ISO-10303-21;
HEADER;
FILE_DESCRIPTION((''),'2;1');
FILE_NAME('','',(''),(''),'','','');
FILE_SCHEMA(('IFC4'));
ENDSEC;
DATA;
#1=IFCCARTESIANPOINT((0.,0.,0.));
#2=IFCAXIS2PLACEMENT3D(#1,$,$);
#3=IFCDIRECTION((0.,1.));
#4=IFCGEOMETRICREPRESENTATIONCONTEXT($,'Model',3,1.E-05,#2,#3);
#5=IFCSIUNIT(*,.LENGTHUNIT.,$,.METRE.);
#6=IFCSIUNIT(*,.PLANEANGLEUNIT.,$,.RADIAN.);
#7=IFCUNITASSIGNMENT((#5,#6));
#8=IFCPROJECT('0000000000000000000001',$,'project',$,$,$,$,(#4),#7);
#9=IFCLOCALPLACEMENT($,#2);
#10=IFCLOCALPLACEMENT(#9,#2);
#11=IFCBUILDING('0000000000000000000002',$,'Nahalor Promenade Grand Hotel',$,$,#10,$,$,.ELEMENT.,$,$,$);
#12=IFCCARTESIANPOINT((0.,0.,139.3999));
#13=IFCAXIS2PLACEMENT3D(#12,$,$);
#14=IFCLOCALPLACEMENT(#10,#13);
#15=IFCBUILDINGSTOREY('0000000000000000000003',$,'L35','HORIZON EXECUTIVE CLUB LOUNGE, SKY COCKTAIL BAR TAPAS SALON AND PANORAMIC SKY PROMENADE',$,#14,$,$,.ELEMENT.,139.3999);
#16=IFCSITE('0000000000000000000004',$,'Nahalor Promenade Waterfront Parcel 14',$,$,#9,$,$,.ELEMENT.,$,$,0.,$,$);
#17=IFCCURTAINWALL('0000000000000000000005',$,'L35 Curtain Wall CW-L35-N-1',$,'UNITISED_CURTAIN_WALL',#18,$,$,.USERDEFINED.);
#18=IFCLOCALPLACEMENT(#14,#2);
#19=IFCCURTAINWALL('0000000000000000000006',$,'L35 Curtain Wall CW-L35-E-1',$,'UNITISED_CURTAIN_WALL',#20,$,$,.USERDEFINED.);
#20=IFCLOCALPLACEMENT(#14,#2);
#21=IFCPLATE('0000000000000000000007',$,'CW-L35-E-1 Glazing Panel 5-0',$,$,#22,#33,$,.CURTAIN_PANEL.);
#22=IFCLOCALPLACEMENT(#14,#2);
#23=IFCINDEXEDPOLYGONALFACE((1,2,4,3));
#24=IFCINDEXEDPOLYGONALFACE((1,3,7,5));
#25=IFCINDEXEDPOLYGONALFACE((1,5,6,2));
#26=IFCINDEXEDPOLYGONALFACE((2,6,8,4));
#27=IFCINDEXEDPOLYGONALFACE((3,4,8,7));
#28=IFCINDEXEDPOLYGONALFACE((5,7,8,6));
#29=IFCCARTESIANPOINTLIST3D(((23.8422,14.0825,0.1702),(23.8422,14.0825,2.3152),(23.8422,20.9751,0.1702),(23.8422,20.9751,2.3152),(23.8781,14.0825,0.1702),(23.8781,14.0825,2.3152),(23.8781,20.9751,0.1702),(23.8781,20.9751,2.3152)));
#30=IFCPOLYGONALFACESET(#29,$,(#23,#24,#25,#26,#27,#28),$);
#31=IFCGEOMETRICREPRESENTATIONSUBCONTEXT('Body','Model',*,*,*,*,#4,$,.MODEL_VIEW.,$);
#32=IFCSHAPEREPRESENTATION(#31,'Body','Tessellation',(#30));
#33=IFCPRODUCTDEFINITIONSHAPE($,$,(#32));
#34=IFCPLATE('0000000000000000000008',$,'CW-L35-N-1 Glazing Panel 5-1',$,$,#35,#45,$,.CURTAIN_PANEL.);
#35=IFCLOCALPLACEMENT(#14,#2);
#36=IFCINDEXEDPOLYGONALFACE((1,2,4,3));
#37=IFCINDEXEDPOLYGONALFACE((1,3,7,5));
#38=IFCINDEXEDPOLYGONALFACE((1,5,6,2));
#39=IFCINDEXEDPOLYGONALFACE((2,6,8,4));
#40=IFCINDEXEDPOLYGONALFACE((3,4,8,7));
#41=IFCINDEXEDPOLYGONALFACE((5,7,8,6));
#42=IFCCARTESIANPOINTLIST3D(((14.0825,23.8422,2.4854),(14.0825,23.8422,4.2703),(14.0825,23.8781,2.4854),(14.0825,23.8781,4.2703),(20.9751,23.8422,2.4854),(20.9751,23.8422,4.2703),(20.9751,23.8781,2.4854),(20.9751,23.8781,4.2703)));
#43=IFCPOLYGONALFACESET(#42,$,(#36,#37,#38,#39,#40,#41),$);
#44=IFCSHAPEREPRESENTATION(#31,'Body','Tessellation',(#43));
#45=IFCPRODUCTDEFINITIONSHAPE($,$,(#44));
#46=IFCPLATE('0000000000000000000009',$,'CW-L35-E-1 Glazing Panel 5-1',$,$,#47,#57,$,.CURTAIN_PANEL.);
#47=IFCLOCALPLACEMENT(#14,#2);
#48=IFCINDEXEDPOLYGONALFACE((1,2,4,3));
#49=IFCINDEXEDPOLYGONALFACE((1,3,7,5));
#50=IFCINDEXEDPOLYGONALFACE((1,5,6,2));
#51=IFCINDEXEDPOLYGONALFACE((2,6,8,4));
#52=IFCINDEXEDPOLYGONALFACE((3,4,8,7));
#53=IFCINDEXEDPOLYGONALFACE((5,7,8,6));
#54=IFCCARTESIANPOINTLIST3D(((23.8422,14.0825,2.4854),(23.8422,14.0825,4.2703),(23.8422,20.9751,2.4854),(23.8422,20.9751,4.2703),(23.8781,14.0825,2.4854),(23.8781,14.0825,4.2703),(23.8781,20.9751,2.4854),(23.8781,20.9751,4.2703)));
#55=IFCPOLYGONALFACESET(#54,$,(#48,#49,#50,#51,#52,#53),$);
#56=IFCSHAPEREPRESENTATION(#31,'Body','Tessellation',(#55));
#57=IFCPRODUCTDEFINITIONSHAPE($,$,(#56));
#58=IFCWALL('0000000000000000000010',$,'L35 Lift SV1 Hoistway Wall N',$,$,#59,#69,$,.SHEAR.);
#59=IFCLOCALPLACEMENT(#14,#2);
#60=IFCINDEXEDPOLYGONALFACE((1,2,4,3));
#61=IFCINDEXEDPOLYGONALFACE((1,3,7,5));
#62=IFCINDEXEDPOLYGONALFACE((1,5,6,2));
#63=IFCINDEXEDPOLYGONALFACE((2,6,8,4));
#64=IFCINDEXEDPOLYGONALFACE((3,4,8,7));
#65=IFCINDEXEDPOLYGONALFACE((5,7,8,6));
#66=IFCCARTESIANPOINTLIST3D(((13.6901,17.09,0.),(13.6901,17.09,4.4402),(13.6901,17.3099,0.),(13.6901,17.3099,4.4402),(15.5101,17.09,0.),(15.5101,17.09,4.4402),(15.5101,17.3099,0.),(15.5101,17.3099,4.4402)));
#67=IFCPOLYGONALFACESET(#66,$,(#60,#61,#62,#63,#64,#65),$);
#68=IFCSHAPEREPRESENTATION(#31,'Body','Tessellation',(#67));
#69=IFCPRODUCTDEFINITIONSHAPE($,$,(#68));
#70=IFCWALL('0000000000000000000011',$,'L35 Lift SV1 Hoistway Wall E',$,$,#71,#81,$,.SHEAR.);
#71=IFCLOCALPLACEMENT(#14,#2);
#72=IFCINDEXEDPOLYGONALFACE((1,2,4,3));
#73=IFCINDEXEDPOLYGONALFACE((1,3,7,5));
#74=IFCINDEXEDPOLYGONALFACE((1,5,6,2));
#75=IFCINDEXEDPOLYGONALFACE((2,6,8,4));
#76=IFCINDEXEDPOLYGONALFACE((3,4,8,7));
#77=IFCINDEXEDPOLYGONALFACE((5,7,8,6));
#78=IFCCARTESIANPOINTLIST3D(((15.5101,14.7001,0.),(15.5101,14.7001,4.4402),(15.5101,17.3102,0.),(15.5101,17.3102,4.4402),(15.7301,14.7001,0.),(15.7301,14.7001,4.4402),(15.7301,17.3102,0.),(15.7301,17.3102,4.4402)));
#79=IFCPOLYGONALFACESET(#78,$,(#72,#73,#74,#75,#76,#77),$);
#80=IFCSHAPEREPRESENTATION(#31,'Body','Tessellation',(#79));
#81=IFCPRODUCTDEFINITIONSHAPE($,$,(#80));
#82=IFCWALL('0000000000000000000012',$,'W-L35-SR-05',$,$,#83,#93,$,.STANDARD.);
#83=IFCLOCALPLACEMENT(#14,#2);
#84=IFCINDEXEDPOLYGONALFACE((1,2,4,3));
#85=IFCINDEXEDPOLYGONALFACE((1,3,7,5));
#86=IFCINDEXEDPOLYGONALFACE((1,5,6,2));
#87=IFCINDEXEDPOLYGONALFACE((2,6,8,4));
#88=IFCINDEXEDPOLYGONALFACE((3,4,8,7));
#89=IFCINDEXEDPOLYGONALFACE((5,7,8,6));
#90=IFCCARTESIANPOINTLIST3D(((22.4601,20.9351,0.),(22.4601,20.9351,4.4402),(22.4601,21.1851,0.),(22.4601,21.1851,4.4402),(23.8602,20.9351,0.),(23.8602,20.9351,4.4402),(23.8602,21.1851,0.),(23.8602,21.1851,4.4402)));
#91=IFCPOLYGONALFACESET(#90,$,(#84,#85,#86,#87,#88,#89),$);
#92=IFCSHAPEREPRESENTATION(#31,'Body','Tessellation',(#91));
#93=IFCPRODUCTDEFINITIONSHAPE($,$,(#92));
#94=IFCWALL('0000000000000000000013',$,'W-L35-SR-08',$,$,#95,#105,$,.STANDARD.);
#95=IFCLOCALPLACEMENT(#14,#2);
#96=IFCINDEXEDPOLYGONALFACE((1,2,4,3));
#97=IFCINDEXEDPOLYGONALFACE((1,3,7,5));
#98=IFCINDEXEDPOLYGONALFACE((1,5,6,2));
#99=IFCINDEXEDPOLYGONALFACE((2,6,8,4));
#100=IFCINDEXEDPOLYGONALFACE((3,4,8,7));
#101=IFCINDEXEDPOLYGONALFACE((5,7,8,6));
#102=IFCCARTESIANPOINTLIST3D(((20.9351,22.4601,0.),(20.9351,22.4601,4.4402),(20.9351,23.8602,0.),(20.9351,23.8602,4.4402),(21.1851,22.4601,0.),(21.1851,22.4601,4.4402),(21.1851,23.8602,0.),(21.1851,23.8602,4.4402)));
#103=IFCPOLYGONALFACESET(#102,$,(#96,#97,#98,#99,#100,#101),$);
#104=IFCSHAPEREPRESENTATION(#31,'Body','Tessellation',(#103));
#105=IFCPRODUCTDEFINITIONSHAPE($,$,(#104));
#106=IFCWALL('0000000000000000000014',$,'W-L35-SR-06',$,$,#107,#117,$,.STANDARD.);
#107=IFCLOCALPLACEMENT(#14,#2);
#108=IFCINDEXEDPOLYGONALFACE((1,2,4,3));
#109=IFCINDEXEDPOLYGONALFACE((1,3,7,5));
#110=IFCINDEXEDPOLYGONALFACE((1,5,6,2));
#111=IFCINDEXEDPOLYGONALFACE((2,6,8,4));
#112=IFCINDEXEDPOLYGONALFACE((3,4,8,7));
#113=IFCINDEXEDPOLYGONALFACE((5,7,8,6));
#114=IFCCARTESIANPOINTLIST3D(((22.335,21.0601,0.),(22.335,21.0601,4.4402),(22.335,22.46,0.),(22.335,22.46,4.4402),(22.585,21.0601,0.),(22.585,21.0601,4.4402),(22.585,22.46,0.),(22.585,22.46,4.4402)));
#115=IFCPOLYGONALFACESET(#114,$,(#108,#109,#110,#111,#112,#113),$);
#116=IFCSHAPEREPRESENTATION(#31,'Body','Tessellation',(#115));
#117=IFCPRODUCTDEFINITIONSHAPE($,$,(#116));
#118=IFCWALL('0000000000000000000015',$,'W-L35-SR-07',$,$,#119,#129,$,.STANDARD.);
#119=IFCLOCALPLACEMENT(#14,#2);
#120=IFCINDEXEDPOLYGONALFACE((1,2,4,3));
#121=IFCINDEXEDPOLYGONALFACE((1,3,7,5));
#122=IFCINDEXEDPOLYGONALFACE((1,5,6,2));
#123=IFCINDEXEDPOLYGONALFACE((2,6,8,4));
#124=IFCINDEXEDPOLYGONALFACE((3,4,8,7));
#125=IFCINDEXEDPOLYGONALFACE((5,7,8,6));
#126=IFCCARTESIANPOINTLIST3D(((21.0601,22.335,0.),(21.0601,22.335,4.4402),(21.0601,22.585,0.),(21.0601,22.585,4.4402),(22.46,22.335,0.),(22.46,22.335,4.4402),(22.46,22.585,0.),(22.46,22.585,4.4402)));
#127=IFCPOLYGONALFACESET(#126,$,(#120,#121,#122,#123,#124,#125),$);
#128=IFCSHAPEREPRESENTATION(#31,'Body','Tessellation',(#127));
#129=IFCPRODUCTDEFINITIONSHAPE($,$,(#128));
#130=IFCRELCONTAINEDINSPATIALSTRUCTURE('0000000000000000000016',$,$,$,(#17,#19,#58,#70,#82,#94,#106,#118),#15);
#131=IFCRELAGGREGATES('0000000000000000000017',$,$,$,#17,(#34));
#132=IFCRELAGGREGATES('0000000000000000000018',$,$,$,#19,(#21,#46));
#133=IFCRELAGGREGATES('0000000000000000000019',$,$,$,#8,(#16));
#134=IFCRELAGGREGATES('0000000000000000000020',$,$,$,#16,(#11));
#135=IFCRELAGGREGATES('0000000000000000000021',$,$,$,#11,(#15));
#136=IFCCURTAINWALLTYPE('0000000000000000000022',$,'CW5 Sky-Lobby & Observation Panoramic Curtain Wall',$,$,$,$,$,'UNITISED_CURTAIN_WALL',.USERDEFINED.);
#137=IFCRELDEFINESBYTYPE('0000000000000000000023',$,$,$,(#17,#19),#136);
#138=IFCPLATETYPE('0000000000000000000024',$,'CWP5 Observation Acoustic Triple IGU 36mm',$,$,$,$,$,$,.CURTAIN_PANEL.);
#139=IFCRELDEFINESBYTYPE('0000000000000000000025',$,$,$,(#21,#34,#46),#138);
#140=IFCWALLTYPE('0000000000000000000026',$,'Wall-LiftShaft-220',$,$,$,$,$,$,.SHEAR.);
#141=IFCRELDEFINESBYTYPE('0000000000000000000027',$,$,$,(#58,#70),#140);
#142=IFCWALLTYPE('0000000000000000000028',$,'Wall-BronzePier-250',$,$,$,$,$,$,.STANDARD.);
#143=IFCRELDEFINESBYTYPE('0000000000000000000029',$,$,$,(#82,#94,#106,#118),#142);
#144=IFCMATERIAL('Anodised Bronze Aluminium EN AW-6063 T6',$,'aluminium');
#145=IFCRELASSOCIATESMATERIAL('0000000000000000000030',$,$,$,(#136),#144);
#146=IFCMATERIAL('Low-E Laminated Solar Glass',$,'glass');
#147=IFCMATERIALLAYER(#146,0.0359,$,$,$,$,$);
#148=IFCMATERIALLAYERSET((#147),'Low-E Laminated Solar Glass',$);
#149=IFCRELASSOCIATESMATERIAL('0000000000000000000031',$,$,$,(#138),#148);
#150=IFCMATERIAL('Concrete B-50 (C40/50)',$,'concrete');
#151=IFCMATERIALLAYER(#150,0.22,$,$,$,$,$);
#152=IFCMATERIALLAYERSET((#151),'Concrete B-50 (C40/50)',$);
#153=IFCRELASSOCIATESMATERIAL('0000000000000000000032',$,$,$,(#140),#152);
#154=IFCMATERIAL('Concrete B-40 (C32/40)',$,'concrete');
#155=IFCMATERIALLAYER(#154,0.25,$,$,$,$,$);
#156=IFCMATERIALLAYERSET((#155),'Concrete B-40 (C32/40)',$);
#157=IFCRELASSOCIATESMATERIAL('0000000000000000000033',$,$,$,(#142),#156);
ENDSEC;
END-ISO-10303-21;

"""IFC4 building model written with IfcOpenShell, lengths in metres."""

from ifc_helpers import new_model, si_unit, direction, frame, frame_2d, origin, origin_2d, place, context, subcontext, project, spatial, rectangle, extrude, source, transform, mapped, material, layer, layer_set, type_object, element, aggregate, save


model = new_model("IFC4")

# Units and contexts
model_context = context("Model", 3, precision=1e-05, world=origin(), true_north=direction((0.0, 1.0)))
body_context = subcontext(model_context, "Body", "Model", "MODEL_VIEW")
ifc_project = project(units=[si_unit("LENGTHUNIT", "METRE"), si_unit("PLANEANGLEUNIT", "RADIAN")], contexts=[model_context])

# Site, building, storey
site_placement = place(None, origin())
site = spatial("IfcSite", under=ifc_project, at=site_placement, Name="Nahalor Promenade Waterfront Parcel 14", CompositionType="ELEMENT", RefElevation=0.0)
building_placement = place(site_placement, origin())
building = spatial("IfcBuilding", under=site, at=building_placement, Name="Nahalor Promenade Grand Hotel", CompositionType="ELEMENT")
storey_placement = place(building_placement, frame((0.0, 0.0, 139.3999)))
storey = spatial("IfcBuildingStorey", under=building, at=storey_placement, Name="L35", Description="HORIZON EXECUTIVE CLUB LOUNGE, SKY COCKTAIL BAR TAPAS SALON AND PANORAMIC SKY PROMENADE", CompositionType="ELEMENT", Elevation=139.3999)

# Curtain walls
ifc_material_1 = material(Name="Anodised Bronze Aluminium EN AW-6063 T6", Category="aluminium")
curtain_wall_type = type_object("IfcCurtainWallType", Name="CW5 Sky-Lobby & Observation Panoramic Curtain Wall", ElementType="UNITISED_CURTAIN_WALL", PredefinedType="USERDEFINED", material=ifc_material_1)
curtain_wall_1_placement = place(storey_placement, origin())
curtain_wall_1 = element("IfcCurtainWall", 1, at=curtain_wall_1_placement, inside=storey, type_object=curtain_wall_type, Name="L35 Curtain Wall CW-L35-N-1", ObjectType="UNITISED_CURTAIN_WALL", PredefinedType="USERDEFINED")
curtain_wall_2_placement = place(storey_placement, origin())
curtain_wall_2 = element("IfcCurtainWall", 2, at=curtain_wall_2_placement, inside=storey, type_object=curtain_wall_type, Name="L35 Curtain Wall CW-L35-E-1", ObjectType="UNITISED_CURTAIN_WALL", PredefinedType="USERDEFINED")

# Plates
ifc_material_2 = material(Name="Low-E Laminated Solar Glass", Category="glass")
ifc_layer_1 = layer(ifc_material_2, 0.0359)
ifc_layer_set_1 = layer_set([ifc_layer_1], Name="Low-E Laminated Solar Glass")
plate_type = type_object("IfcPlateType", Name="CWP5 Observation Acoustic Triple IGU 36mm", PredefinedType="CURTAIN_PANEL", material=ifc_layer_set_1)
shared_shape_1 = source(origin(), body_context, "Body", "SweptSolid", [
    extrude(rectangle(XDim=6.8926, YDim=0.0359, at=origin_2d()), origin(), (0.0, 0.0, 1.0), 2.145),
])
plate_1_placement = place(storey_placement, frame((23.8601, 17.5288, 0.1702), z_axis=(0.0, 0.0, 1.0), x_axis=(0.0, 1.0, 0.0)))
plate_1 = element("IfcPlate", 3, at=plate_1_placement, type_object=plate_type, Name="CW-L35-E-1 Glazing Panel 5-0", PredefinedType="CURTAIN_PANEL", context=body_context, shape_type="MappedRepresentation", body=[
    mapped(shared_shape_1, transform((0.0, 0.0, 0.0), scale=1.0)),
])
shared_shape_2 = source(origin(), body_context, "Body", "SweptSolid", [
    extrude(rectangle(XDim=6.8926, YDim=0.0359, at=origin_2d()), origin(), (0.0, 0.0, 1.0), 1.7849),
])
plate_2_placement = place(storey_placement, frame((17.5288, 23.8601, 2.4854), z_axis=(0.0, 0.0, 1.0), x_axis=(1.0, 0.0, 0.0)))
plate_2 = element("IfcPlate", 4, at=plate_2_placement, type_object=plate_type, Name="CW-L35-N-1 Glazing Panel 5-1", PredefinedType="CURTAIN_PANEL", context=body_context, shape_type="MappedRepresentation", body=[
    mapped(shared_shape_2, transform((0.0, 0.0, 0.0), scale=1.0)),
])
aggregate(curtain_wall_1, [plate_2])
plate_3_placement = place(storey_placement, frame((23.8601, 17.5288, 2.4854), z_axis=(0.0, 0.0, 1.0), x_axis=(0.0, 1.0, 0.0)))
plate_3 = element("IfcPlate", 5, at=plate_3_placement, type_object=plate_type, Name="CW-L35-E-1 Glazing Panel 5-1", PredefinedType="CURTAIN_PANEL", context=body_context, shape_type="MappedRepresentation", body=[
    mapped(shared_shape_2, transform((0.0, 0.0, 0.0), scale=1.0)),
])
aggregate(curtain_wall_2, [plate_1, plate_3])

# Walls
ifc_material_3 = material(Name="Concrete B-50 (C40/50)", Category="concrete")
ifc_layer_2 = layer(ifc_material_3, 0.22)
ifc_layer_set_2 = layer_set([ifc_layer_2], Name="Concrete B-50 (C40/50)")
wall_type_1 = type_object("IfcWallType", Name="Wall-LiftShaft-220", PredefinedType="SHEAR", material=ifc_layer_set_2)
shared_shape_3 = source(origin(), body_context, "Body", "SweptSolid", [
    extrude(rectangle(XDim=1.8201, YDim=0.22, at=frame_2d((0.9102, 0.0))), origin(), (0.0, 0.0, 1.0), 4.4402),
])
wall_1_placement = place(storey_placement, frame((13.6899, 17.2, 0.0), z_axis=(0.0, 0.0, 1.0), x_axis=(1.0, 0.0, 0.0)))
element("IfcWall", 6, at=wall_1_placement, inside=storey, type_object=wall_type_1, Name="L35 Lift SV1 Hoistway Wall N", PredefinedType="SHEAR", context=body_context, shape_type="MappedRepresentation", body=[
    mapped(shared_shape_3, transform((0.0, 0.0, 0.0), scale=1.0)),
])
shared_shape_4 = source(origin(), body_context, "Body", "SweptSolid", [
    extrude(rectangle(XDim=2.6101, YDim=0.22, at=frame_2d((1.3052, 0.0))), origin(), (0.0, 0.0, 1.0), 4.4402),
])
wall_2_placement = place(storey_placement, frame((15.6201, 14.7, 0.0), z_axis=(0.0, 0.0, 1.0), x_axis=(0.0, 1.0, 0.0)))
element("IfcWall", 7, at=wall_2_placement, inside=storey, type_object=wall_type_1, Name="L35 Lift SV1 Hoistway Wall E", PredefinedType="SHEAR", context=body_context, shape_type="MappedRepresentation", body=[
    mapped(shared_shape_4, transform((0.0, 0.0, 0.0), scale=1.0)),
])
ifc_material_4 = material(Name="Concrete B-40 (C32/40)", Category="concrete")
ifc_layer_3 = layer(ifc_material_4, 0.25)
ifc_layer_set_3 = layer_set([ifc_layer_3], Name="Concrete B-40 (C32/40)")
wall_type_2 = type_object("IfcWallType", Name="Wall-BronzePier-250", PredefinedType="STANDARD", material=ifc_layer_set_3)
shared_shape_5 = source(origin(), body_context, "Body", "SweptSolid", [
    extrude(rectangle(XDim=1.4001, YDim=0.25, at=frame_2d((0.7002, 0.0))), origin(), (0.0, 0.0, 1.0), 4.4402),
])
for number, where, z_axis, x_axis, name in (
    (8, (22.46, 21.0601, 0.0), (0.0, 0.0, 1.0), (1.0, 0.0, 0.0), "W-L35-SR-05"),
    (9, (21.0601, 22.46, 0.0), (0.0, 0.0, 1.0), (0.0, 1.0, 0.0), "W-L35-SR-08"),
):
    element("IfcWall", number, at=place(storey_placement, frame(where, z_axis=z_axis, x_axis=x_axis)), inside=storey, type_object=wall_type_2, Name=name, PredefinedType="STANDARD", context=body_context, shape_type="MappedRepresentation", body=[
        mapped(shared_shape_5, transform((0.0, 0.0, 0.0), scale=1.0)),
    ])
shared_shape_6 = source(origin(), body_context, "Body", "SweptSolid", [
    extrude(rectangle(XDim=1.3999, YDim=0.25, at=frame_2d((0.7, 0.0))), origin(), (0.0, 0.0, 1.0), 4.4402),
])
for number, where, z_axis, x_axis, name in (
    (10, (22.46, 21.0601, 0.0), (0.0, 0.0, 1.0), (0.0, 1.0, 0.0), "W-L35-SR-06"),
    (11, (21.0601, 22.46, 0.0), (0.0, 0.0, 1.0), (1.0, 0.0, 0.0), "W-L35-SR-07"),
):
    element("IfcWall", number, at=place(storey_placement, frame(where, z_axis=z_axis, x_axis=x_axis)), inside=storey, type_object=wall_type_2, Name=name, PredefinedType="STANDARD", context=body_context, shape_type="MappedRepresentation", body=[
        mapped(shared_shape_6, transform((0.0, 0.0, 0.0), scale=1.0)),
    ])

save(model, "model.ifc")
